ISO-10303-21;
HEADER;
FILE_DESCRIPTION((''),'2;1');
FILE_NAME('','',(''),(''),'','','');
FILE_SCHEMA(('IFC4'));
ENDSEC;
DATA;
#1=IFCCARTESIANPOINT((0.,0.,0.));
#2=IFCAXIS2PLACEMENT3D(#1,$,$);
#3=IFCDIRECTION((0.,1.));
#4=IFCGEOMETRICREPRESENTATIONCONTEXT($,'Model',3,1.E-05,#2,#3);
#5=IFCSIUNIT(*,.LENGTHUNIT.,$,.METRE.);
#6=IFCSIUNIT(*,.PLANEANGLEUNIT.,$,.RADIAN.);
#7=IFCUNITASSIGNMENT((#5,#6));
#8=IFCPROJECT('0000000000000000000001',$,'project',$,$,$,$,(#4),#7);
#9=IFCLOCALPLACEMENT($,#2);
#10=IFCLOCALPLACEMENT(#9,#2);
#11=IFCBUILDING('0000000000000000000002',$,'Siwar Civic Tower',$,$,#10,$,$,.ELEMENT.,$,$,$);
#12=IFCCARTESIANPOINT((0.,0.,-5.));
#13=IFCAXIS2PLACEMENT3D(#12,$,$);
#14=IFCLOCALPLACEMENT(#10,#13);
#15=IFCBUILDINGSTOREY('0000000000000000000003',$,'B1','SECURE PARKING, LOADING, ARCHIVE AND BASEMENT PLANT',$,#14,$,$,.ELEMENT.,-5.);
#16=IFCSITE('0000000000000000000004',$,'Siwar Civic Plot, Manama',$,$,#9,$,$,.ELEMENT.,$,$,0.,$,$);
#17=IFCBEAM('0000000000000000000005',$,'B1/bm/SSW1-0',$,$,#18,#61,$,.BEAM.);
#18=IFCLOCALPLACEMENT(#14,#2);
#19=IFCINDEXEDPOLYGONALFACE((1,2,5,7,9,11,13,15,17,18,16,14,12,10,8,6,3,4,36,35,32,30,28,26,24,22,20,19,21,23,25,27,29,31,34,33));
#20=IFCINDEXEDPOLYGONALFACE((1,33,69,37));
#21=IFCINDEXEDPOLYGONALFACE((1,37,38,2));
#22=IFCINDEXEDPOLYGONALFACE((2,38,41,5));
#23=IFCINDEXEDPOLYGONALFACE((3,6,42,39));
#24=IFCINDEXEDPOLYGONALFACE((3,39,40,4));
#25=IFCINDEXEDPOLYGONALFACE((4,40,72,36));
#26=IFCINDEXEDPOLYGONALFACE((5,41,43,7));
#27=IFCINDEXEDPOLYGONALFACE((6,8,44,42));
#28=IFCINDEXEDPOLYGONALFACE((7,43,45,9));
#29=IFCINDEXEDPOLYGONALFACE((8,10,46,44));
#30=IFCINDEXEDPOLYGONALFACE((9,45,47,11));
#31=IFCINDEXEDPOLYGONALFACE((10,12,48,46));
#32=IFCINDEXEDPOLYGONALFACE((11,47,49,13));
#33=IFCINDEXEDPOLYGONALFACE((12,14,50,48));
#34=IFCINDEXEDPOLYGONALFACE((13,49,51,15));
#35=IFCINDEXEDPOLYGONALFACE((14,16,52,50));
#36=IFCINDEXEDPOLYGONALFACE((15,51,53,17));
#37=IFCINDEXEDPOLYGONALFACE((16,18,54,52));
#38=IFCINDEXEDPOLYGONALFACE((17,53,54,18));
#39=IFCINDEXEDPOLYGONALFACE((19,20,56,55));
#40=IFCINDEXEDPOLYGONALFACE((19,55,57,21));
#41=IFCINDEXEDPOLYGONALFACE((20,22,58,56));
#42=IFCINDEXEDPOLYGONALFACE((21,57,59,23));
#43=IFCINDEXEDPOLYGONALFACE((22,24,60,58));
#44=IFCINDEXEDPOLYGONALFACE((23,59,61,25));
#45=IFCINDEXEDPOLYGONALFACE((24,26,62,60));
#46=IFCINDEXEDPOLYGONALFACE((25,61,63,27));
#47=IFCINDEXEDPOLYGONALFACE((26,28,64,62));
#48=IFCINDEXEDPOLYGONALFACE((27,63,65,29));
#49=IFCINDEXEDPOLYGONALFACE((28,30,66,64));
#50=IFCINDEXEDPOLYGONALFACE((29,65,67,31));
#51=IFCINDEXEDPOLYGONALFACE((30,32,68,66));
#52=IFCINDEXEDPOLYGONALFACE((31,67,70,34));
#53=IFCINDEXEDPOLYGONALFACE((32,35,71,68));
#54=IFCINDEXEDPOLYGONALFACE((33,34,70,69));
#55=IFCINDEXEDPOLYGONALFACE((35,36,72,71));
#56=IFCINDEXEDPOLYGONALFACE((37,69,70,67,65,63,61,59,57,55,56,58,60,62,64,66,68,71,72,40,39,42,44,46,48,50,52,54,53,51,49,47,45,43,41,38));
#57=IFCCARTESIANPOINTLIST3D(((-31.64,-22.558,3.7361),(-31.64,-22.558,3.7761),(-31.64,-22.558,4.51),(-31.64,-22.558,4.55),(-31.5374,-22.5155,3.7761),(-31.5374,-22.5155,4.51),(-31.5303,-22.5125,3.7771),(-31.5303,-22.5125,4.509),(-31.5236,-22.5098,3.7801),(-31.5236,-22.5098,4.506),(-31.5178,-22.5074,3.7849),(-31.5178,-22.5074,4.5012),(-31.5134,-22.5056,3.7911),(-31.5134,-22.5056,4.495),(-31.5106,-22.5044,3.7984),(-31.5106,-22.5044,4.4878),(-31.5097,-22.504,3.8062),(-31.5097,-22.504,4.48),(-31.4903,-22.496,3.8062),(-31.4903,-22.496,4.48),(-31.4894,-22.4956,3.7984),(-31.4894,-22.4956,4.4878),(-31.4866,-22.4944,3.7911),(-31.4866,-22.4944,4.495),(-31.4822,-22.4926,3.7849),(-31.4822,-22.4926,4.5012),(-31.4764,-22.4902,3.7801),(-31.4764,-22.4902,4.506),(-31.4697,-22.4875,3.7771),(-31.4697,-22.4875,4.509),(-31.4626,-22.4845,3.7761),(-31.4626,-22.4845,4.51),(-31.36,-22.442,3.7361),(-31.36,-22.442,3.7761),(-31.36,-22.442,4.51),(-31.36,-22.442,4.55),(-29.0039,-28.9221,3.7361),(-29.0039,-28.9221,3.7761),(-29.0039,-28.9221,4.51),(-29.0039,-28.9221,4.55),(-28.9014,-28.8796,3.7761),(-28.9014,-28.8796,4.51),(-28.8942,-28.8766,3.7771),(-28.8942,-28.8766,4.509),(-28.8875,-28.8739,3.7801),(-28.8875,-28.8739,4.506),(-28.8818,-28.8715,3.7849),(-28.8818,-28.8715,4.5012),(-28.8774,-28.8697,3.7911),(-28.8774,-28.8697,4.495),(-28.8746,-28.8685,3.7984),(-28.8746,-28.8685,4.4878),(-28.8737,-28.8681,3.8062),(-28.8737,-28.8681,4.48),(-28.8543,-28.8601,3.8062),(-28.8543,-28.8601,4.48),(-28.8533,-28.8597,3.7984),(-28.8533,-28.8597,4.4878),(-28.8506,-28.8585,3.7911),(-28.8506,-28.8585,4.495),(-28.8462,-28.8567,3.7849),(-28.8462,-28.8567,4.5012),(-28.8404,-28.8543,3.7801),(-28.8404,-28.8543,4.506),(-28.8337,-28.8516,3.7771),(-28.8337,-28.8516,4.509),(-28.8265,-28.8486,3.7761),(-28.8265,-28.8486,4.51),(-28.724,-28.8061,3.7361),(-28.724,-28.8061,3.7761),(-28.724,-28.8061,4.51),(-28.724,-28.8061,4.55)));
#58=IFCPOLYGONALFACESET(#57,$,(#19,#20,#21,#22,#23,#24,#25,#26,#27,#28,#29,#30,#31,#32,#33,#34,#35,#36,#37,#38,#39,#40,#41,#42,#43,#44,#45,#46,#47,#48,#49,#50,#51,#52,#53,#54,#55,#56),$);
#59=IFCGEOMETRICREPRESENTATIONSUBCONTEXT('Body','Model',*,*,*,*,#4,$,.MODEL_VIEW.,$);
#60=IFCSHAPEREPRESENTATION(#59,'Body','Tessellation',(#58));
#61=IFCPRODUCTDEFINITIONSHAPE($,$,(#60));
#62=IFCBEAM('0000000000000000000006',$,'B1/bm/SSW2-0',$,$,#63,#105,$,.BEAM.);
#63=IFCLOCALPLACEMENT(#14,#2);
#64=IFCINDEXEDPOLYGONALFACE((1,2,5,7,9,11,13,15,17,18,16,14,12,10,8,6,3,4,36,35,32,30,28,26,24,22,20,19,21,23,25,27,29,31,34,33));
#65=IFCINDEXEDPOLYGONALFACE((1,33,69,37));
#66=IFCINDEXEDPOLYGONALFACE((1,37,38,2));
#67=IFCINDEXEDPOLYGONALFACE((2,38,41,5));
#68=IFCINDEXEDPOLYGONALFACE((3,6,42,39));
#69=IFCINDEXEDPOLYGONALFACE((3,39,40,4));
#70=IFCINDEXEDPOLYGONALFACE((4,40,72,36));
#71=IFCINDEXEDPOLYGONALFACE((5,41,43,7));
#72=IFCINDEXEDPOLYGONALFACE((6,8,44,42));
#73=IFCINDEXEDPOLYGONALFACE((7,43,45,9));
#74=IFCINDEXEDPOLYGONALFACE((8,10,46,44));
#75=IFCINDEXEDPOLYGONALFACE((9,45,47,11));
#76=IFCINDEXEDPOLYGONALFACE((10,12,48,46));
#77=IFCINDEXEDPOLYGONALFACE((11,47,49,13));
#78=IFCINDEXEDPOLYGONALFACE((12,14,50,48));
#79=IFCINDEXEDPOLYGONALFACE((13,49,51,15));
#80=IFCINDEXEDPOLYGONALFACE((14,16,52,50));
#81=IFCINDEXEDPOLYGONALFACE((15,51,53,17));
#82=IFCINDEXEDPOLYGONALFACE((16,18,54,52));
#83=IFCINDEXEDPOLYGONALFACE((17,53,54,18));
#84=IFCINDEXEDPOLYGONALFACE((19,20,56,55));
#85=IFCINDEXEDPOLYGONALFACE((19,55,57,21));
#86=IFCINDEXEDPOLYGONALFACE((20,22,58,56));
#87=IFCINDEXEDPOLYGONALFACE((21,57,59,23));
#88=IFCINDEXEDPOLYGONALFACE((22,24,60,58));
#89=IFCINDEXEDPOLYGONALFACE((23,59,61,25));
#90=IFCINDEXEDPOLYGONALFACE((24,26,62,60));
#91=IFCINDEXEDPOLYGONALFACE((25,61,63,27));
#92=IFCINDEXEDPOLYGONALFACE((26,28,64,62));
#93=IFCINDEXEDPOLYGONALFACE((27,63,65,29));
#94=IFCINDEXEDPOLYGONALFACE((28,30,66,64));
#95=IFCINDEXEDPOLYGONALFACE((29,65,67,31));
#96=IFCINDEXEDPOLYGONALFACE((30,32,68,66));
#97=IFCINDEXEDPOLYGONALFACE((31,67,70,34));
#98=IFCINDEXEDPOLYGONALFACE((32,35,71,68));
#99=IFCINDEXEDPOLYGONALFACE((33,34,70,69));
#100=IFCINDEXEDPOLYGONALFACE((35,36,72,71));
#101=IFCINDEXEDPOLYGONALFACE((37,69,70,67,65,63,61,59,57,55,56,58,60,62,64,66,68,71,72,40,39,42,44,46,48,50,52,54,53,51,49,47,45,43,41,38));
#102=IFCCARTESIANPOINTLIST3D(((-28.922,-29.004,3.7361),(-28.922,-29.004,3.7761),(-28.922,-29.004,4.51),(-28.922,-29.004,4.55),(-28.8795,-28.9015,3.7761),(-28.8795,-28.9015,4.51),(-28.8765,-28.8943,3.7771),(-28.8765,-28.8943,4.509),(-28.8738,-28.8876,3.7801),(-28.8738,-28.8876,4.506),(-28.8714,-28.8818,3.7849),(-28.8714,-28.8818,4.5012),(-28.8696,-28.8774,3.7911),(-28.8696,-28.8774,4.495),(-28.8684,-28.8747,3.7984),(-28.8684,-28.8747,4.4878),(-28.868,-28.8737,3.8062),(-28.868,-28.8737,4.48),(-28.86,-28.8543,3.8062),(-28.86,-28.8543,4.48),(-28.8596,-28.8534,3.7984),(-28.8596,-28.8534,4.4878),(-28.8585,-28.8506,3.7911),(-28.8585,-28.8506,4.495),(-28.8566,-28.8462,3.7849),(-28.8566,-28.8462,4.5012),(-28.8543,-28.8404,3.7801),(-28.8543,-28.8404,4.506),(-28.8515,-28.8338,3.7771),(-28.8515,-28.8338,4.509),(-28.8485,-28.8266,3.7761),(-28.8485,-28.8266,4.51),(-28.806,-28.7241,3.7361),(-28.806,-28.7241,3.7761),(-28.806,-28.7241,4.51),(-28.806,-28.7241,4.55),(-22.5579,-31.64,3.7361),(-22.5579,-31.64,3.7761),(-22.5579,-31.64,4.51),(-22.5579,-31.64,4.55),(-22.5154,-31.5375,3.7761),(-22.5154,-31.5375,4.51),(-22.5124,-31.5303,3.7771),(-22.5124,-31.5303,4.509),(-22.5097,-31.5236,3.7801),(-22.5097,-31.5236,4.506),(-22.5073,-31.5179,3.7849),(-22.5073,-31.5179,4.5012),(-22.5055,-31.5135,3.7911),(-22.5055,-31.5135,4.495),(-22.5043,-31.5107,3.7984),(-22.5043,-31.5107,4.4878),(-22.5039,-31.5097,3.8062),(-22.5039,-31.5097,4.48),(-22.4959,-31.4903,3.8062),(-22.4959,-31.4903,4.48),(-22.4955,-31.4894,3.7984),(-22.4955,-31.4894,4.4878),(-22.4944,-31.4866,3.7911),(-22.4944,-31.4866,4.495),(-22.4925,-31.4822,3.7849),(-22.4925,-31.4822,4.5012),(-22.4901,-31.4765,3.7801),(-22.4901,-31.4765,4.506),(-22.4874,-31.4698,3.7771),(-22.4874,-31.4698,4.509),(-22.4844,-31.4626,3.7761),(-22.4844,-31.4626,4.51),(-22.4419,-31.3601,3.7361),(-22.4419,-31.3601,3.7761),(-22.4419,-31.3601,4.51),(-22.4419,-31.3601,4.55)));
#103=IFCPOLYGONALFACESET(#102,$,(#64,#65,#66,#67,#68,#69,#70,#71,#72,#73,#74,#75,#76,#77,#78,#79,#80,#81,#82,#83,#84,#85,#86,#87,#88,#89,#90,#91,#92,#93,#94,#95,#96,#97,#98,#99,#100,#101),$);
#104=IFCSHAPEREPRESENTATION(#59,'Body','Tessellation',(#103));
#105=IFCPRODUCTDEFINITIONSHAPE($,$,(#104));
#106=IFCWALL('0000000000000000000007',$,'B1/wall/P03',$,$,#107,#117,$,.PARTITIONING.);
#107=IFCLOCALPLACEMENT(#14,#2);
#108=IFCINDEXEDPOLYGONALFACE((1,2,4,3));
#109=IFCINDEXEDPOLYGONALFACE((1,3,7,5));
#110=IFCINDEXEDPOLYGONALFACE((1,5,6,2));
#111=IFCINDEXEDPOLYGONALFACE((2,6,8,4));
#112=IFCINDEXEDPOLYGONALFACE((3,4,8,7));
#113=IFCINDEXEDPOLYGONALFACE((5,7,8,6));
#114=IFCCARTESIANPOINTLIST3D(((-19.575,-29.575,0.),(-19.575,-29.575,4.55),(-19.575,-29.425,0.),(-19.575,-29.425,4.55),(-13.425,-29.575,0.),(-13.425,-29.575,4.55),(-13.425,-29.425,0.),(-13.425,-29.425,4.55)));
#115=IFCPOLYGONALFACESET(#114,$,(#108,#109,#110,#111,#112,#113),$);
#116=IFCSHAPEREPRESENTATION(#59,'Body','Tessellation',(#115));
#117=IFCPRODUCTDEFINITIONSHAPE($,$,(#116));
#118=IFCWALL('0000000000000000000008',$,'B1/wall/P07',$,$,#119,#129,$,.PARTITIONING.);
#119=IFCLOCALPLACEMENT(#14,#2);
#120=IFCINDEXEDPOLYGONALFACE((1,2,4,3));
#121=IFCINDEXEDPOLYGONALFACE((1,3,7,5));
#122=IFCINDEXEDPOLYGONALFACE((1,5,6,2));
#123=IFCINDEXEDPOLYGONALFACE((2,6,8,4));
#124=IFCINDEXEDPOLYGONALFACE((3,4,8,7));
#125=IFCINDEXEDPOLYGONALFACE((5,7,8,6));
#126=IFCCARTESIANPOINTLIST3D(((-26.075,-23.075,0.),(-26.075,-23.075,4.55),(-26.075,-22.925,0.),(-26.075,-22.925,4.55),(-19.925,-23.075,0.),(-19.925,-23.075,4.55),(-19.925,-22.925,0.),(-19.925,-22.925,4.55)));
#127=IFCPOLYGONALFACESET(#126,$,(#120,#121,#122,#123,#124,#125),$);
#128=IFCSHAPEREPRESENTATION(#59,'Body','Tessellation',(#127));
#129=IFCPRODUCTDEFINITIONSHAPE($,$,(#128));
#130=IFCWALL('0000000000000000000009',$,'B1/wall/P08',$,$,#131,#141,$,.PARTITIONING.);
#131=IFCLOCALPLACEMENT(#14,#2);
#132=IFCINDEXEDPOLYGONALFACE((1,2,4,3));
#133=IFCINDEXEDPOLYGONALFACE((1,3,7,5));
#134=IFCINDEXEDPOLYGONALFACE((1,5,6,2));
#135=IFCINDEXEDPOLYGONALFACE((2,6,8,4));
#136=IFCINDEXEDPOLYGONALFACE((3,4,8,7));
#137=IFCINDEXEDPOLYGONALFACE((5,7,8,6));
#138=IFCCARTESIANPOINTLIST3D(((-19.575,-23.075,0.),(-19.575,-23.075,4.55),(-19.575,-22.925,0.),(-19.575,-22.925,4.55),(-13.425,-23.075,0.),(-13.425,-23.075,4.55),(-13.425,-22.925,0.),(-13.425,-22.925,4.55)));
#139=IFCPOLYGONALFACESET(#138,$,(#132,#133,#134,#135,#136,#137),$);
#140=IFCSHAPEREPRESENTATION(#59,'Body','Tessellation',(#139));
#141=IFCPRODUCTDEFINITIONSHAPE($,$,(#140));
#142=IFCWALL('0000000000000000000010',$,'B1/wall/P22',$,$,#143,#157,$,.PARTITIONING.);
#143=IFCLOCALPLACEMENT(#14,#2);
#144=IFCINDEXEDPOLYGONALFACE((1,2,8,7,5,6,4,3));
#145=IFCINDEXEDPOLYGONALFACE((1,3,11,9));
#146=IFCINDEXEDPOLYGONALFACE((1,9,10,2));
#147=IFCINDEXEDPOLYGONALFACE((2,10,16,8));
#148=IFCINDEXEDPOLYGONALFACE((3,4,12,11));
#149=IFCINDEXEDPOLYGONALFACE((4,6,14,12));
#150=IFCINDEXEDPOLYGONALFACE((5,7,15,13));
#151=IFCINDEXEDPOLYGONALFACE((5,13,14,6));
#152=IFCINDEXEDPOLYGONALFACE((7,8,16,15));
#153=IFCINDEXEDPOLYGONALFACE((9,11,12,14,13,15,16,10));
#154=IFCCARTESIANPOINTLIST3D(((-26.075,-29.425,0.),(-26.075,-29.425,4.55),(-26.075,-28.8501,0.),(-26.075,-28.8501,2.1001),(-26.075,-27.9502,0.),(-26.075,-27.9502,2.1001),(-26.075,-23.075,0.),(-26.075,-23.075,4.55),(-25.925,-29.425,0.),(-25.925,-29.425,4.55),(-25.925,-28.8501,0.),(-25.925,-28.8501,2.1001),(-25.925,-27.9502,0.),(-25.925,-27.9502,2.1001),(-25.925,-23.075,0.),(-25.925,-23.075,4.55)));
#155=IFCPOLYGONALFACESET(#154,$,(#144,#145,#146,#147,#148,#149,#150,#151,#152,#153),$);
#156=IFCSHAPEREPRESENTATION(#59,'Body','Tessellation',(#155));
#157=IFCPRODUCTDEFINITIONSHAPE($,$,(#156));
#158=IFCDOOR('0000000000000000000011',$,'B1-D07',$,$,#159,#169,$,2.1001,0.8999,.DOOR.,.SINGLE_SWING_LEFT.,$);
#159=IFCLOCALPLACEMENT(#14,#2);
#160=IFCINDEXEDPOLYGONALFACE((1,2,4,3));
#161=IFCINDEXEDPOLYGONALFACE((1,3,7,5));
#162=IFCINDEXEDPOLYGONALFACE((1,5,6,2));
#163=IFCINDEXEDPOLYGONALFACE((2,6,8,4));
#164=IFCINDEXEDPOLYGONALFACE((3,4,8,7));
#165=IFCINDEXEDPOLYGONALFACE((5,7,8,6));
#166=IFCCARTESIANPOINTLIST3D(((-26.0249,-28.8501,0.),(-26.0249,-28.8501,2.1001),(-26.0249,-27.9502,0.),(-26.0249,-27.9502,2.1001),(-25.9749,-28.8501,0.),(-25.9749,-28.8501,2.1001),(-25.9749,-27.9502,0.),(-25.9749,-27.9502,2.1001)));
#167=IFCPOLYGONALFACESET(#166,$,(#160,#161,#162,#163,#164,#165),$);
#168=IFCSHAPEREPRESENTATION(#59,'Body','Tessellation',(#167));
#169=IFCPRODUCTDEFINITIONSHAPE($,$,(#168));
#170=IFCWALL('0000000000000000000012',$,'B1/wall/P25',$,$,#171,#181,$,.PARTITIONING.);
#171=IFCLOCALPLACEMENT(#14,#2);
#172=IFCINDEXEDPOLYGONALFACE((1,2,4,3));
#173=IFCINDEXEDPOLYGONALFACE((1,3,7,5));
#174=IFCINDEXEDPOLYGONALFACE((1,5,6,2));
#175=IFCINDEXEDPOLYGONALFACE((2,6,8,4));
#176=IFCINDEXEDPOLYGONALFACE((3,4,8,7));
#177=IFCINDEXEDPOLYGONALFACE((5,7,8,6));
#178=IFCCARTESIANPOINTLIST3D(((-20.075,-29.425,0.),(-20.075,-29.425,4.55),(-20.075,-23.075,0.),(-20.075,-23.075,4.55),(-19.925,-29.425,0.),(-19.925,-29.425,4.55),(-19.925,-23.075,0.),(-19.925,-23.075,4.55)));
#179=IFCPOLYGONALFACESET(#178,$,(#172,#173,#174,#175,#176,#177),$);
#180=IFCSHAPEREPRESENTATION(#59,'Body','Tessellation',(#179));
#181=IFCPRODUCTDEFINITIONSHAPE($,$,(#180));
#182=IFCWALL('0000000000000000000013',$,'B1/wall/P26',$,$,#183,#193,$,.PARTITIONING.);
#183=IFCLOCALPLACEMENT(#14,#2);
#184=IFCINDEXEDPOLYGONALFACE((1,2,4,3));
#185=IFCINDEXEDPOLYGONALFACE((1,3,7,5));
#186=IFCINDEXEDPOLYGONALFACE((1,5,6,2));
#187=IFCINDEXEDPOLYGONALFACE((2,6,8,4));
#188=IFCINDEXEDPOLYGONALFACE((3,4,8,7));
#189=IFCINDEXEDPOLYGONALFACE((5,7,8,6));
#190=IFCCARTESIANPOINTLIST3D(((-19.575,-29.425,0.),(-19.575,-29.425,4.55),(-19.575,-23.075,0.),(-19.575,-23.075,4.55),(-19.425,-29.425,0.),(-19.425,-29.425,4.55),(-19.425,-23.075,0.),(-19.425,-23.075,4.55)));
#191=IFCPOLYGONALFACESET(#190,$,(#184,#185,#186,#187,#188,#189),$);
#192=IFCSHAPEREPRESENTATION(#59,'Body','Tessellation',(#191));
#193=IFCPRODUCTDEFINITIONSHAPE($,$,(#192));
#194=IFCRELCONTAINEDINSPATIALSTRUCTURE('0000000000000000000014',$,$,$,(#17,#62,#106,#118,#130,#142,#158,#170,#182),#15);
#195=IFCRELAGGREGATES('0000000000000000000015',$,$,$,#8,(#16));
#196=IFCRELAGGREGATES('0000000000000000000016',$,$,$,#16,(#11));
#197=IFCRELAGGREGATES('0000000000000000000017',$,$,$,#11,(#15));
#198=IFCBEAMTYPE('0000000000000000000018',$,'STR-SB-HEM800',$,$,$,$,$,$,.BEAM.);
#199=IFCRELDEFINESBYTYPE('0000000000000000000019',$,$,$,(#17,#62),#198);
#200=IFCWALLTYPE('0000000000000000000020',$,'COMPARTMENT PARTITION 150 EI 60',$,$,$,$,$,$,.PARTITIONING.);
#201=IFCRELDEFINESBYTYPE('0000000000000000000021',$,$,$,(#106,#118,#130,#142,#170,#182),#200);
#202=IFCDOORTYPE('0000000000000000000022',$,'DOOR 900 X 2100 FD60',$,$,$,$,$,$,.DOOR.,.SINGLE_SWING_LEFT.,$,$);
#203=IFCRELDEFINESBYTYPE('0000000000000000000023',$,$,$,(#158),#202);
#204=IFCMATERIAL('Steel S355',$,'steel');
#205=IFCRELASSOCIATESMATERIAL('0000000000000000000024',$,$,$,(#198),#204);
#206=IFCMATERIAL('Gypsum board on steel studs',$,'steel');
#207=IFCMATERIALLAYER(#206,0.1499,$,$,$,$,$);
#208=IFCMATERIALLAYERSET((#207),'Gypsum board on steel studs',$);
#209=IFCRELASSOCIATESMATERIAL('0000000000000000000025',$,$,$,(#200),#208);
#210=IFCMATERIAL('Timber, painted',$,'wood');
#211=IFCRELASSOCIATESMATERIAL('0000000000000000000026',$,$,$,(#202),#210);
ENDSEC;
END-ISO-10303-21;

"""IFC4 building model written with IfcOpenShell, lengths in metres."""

from ifc_helpers import new_model, si_unit, direction, frame, frame_2d, origin, origin_2d, place, context, subcontext, project, spatial, rectangle, i_section, extrude, material, layer, layer_set, material_profile, profile_set, type_object, element, fill, save


model = new_model("IFC4")

# Units and contexts
model_context = context("Model", 3, precision=1e-05, world=origin(), true_north=direction((0.0, 1.0)))
body_context = subcontext(model_context, "Body", "Model", "MODEL_VIEW")
ifc_project = project(units=[si_unit("LENGTHUNIT", "METRE"), si_unit("PLANEANGLEUNIT", "RADIAN")], contexts=[model_context])

# Site, building, storey
site_placement = place(None, origin())
site = spatial("IfcSite", under=ifc_project, at=site_placement, Name="Siwar Civic Plot, Manama", CompositionType="ELEMENT", RefElevation=0.0)
building_placement = place(site_placement, origin())
building = spatial("IfcBuilding", under=site, at=building_placement, Name="Siwar Civic Tower", CompositionType="ELEMENT")
storey_placement = place(building_placement, frame((0.0, 0.0, -5.0)))
storey = spatial("IfcBuildingStorey", under=building, at=storey_placement, Name="B1", Description="SECURE PARKING, LOADING, ARCHIVE AND BASEMENT PLANT", CompositionType="ELEMENT", Elevation=-5.0)

# Beams
ifc_material_1 = material(Name="Steel S355", Category="steel")
ifc_material_profile_1 = material_profile(ifc_material_1, i_section(OverallWidth=0.303, OverallDepth=0.814, WebThickness=0.021, FlangeThickness=0.04, FilletRadius=0.03, at=origin_2d()), Name="HEM800")
ifc_profile_set_1 = profile_set([ifc_material_profile_1], Name="Steel S355")
beam_type_1 = type_object("IfcBeamType", Name="STR-SB-HEM800", PredefinedType="BEAM", material=ifc_profile_set_1)
for number, where, z_axis, x_axis, name in (
    (1, (-31.5, -22.5, 4.1431), (0.382674, -0.923883, 0.0), (0.923883, 0.382674, 0.0), "B1/bm/SSW1-0"),
    (2, (-28.864, -28.864, 4.1431), (0.923883, -0.382674, 0.0), (0.382674, 0.923883, 0.0), "B1/bm/SSW2-0"),
):
    element("IfcBeam", number, at=place(storey_placement, frame(where, z_axis=z_axis, x_axis=x_axis)), inside=storey, type_object=beam_type_1, Name=name, PredefinedType="BEAM", context=body_context, shape_type="SweptSolid", body=[
        extrude(i_section(OverallWidth=0.303, OverallDepth=0.814, WebThickness=0.021, FlangeThickness=0.04, FilletRadius=0.03, at=origin_2d()), origin(), (0.0, 0.0, 1.0), 6.8884),
    ])

# Walls
ifc_material_2 = material(Name="Gypsum board on steel studs", Category="steel")
ifc_layer_1 = layer(ifc_material_2, 0.1499)
ifc_layer_set_1 = layer_set([ifc_layer_1], Name="Gypsum board on steel studs")
wall_type_1 = type_object("IfcWallType", Name="COMPARTMENT PARTITION 150 EI 60", PredefinedType="PARTITIONING", material=ifc_layer_set_1)
for number, where, z_axis, x_axis, name in (
    (3, (-19.575, -29.5, 0.0), (0.0, 0.0, 1.0), (1.0, 0.0, 0.0), "B1/wall/P03"),
    (4, (-26.075, -23.0, 0.0), (0.0, 0.0, 1.0), (1.0, 0.0, 0.0), "B1/wall/P07"),
    (5, (-19.575, -23.0, 0.0), (0.0, 0.0, 1.0), (1.0, 0.0, 0.0), "B1/wall/P08"),
):
    element("IfcWall", number, at=place(storey_placement, frame(where, z_axis=z_axis, x_axis=x_axis)), inside=storey, type_object=wall_type_1, Name=name, PredefinedType="PARTITIONING", context=body_context, shape_type="SweptSolid", body=[
        extrude(rectangle(XDim=6.1499, YDim=0.1499, at=frame_2d((3.075, 0.0))), origin(), (0.0, 0.0, 1.0), 4.55),
    ])

# Wall, opening, door
wall_1_placement = place(storey_placement, frame((-26.0, -29.425, 0.0), z_axis=(0.0, 0.0, 1.0), x_axis=(0.0, 1.0, 0.0)))
wall_1 = element("IfcWall", 6, at=wall_1_placement, inside=storey, type_object=wall_type_1, Name="B1/wall/P22", PredefinedType="PARTITIONING", context=body_context, shape_type="SweptSolid", body=[
    extrude(rectangle(XDim=6.3501, YDim=0.1499, at=frame_2d((3.175, 0.0))), origin(), (0.0, 0.0, 1.0), 4.55),
])
opening_1_placement = place(wall_1_placement, frame((0.575, 0.0, 0.0)))
opening_1 = element("IfcOpeningElement", 7, at=opening_1_placement, cuts=wall_1, PredefinedType="OPENING", context=body_context, shape_type="SweptSolid", body=[
    extrude(rectangle(XDim=0.8999, YDim=2.1001, at=frame_2d((0.45, 1.05))), frame((0.0, 0.085, 0.0), z_axis=(0.0, -1.0, 0.0), x_axis=(1.0, 0.0, 0.0)), (0.0, 0.0, 1.0), 0.1699),
])
ifc_material_3 = material(Name="Timber, painted", Category="wood")
door_type = type_object("IfcDoorType", Name="DOOR 900 X 2100 FD60", OperationType="SINGLE_SWING_LEFT", PredefinedType="DOOR", material=ifc_material_3)
door_1_placement = place(opening_1_placement, origin())
door_1 = element("IfcDoor", 8, at=door_1_placement, inside=storey, type_object=door_type, Name="B1-D07", OperationType="SINGLE_SWING_LEFT", OverallHeight=2.1001, OverallWidth=0.8999, PredefinedType="DOOR", context=body_context, shape_type="SweptSolid", body=[
    extrude(rectangle(XDim=0.8999, YDim=2.1001, at=frame_2d((0.45, 1.05))), frame((0.0, 0.0249, 0.0), z_axis=(0.0, -1.0, 0.0), x_axis=(1.0, 0.0, 0.0)), (0.0, 0.0, 1.0), 0.05),
])
fill(opening_1, door_1)

# Walls
for number, where, z_axis, x_axis, name in (
    (9, (-20.0, -29.425, 0.0), (0.0, 0.0, 1.0), (0.0, 1.0, 0.0), "B1/wall/P25"),
    (10, (-19.5, -29.425, 0.0), (0.0, 0.0, 1.0), (0.0, 1.0, 0.0), "B1/wall/P26"),
):
    element("IfcWall", number, at=place(storey_placement, frame(where, z_axis=z_axis, x_axis=x_axis)), inside=storey, type_object=wall_type_1, Name=name, PredefinedType="PARTITIONING", context=body_context, shape_type="SweptSolid", body=[
        extrude(rectangle(XDim=6.3501, YDim=0.1499, at=frame_2d((3.175, 0.0))), origin(), (0.0, 0.0, 1.0), 4.55),
    ])

save(model, "model.ifc")
